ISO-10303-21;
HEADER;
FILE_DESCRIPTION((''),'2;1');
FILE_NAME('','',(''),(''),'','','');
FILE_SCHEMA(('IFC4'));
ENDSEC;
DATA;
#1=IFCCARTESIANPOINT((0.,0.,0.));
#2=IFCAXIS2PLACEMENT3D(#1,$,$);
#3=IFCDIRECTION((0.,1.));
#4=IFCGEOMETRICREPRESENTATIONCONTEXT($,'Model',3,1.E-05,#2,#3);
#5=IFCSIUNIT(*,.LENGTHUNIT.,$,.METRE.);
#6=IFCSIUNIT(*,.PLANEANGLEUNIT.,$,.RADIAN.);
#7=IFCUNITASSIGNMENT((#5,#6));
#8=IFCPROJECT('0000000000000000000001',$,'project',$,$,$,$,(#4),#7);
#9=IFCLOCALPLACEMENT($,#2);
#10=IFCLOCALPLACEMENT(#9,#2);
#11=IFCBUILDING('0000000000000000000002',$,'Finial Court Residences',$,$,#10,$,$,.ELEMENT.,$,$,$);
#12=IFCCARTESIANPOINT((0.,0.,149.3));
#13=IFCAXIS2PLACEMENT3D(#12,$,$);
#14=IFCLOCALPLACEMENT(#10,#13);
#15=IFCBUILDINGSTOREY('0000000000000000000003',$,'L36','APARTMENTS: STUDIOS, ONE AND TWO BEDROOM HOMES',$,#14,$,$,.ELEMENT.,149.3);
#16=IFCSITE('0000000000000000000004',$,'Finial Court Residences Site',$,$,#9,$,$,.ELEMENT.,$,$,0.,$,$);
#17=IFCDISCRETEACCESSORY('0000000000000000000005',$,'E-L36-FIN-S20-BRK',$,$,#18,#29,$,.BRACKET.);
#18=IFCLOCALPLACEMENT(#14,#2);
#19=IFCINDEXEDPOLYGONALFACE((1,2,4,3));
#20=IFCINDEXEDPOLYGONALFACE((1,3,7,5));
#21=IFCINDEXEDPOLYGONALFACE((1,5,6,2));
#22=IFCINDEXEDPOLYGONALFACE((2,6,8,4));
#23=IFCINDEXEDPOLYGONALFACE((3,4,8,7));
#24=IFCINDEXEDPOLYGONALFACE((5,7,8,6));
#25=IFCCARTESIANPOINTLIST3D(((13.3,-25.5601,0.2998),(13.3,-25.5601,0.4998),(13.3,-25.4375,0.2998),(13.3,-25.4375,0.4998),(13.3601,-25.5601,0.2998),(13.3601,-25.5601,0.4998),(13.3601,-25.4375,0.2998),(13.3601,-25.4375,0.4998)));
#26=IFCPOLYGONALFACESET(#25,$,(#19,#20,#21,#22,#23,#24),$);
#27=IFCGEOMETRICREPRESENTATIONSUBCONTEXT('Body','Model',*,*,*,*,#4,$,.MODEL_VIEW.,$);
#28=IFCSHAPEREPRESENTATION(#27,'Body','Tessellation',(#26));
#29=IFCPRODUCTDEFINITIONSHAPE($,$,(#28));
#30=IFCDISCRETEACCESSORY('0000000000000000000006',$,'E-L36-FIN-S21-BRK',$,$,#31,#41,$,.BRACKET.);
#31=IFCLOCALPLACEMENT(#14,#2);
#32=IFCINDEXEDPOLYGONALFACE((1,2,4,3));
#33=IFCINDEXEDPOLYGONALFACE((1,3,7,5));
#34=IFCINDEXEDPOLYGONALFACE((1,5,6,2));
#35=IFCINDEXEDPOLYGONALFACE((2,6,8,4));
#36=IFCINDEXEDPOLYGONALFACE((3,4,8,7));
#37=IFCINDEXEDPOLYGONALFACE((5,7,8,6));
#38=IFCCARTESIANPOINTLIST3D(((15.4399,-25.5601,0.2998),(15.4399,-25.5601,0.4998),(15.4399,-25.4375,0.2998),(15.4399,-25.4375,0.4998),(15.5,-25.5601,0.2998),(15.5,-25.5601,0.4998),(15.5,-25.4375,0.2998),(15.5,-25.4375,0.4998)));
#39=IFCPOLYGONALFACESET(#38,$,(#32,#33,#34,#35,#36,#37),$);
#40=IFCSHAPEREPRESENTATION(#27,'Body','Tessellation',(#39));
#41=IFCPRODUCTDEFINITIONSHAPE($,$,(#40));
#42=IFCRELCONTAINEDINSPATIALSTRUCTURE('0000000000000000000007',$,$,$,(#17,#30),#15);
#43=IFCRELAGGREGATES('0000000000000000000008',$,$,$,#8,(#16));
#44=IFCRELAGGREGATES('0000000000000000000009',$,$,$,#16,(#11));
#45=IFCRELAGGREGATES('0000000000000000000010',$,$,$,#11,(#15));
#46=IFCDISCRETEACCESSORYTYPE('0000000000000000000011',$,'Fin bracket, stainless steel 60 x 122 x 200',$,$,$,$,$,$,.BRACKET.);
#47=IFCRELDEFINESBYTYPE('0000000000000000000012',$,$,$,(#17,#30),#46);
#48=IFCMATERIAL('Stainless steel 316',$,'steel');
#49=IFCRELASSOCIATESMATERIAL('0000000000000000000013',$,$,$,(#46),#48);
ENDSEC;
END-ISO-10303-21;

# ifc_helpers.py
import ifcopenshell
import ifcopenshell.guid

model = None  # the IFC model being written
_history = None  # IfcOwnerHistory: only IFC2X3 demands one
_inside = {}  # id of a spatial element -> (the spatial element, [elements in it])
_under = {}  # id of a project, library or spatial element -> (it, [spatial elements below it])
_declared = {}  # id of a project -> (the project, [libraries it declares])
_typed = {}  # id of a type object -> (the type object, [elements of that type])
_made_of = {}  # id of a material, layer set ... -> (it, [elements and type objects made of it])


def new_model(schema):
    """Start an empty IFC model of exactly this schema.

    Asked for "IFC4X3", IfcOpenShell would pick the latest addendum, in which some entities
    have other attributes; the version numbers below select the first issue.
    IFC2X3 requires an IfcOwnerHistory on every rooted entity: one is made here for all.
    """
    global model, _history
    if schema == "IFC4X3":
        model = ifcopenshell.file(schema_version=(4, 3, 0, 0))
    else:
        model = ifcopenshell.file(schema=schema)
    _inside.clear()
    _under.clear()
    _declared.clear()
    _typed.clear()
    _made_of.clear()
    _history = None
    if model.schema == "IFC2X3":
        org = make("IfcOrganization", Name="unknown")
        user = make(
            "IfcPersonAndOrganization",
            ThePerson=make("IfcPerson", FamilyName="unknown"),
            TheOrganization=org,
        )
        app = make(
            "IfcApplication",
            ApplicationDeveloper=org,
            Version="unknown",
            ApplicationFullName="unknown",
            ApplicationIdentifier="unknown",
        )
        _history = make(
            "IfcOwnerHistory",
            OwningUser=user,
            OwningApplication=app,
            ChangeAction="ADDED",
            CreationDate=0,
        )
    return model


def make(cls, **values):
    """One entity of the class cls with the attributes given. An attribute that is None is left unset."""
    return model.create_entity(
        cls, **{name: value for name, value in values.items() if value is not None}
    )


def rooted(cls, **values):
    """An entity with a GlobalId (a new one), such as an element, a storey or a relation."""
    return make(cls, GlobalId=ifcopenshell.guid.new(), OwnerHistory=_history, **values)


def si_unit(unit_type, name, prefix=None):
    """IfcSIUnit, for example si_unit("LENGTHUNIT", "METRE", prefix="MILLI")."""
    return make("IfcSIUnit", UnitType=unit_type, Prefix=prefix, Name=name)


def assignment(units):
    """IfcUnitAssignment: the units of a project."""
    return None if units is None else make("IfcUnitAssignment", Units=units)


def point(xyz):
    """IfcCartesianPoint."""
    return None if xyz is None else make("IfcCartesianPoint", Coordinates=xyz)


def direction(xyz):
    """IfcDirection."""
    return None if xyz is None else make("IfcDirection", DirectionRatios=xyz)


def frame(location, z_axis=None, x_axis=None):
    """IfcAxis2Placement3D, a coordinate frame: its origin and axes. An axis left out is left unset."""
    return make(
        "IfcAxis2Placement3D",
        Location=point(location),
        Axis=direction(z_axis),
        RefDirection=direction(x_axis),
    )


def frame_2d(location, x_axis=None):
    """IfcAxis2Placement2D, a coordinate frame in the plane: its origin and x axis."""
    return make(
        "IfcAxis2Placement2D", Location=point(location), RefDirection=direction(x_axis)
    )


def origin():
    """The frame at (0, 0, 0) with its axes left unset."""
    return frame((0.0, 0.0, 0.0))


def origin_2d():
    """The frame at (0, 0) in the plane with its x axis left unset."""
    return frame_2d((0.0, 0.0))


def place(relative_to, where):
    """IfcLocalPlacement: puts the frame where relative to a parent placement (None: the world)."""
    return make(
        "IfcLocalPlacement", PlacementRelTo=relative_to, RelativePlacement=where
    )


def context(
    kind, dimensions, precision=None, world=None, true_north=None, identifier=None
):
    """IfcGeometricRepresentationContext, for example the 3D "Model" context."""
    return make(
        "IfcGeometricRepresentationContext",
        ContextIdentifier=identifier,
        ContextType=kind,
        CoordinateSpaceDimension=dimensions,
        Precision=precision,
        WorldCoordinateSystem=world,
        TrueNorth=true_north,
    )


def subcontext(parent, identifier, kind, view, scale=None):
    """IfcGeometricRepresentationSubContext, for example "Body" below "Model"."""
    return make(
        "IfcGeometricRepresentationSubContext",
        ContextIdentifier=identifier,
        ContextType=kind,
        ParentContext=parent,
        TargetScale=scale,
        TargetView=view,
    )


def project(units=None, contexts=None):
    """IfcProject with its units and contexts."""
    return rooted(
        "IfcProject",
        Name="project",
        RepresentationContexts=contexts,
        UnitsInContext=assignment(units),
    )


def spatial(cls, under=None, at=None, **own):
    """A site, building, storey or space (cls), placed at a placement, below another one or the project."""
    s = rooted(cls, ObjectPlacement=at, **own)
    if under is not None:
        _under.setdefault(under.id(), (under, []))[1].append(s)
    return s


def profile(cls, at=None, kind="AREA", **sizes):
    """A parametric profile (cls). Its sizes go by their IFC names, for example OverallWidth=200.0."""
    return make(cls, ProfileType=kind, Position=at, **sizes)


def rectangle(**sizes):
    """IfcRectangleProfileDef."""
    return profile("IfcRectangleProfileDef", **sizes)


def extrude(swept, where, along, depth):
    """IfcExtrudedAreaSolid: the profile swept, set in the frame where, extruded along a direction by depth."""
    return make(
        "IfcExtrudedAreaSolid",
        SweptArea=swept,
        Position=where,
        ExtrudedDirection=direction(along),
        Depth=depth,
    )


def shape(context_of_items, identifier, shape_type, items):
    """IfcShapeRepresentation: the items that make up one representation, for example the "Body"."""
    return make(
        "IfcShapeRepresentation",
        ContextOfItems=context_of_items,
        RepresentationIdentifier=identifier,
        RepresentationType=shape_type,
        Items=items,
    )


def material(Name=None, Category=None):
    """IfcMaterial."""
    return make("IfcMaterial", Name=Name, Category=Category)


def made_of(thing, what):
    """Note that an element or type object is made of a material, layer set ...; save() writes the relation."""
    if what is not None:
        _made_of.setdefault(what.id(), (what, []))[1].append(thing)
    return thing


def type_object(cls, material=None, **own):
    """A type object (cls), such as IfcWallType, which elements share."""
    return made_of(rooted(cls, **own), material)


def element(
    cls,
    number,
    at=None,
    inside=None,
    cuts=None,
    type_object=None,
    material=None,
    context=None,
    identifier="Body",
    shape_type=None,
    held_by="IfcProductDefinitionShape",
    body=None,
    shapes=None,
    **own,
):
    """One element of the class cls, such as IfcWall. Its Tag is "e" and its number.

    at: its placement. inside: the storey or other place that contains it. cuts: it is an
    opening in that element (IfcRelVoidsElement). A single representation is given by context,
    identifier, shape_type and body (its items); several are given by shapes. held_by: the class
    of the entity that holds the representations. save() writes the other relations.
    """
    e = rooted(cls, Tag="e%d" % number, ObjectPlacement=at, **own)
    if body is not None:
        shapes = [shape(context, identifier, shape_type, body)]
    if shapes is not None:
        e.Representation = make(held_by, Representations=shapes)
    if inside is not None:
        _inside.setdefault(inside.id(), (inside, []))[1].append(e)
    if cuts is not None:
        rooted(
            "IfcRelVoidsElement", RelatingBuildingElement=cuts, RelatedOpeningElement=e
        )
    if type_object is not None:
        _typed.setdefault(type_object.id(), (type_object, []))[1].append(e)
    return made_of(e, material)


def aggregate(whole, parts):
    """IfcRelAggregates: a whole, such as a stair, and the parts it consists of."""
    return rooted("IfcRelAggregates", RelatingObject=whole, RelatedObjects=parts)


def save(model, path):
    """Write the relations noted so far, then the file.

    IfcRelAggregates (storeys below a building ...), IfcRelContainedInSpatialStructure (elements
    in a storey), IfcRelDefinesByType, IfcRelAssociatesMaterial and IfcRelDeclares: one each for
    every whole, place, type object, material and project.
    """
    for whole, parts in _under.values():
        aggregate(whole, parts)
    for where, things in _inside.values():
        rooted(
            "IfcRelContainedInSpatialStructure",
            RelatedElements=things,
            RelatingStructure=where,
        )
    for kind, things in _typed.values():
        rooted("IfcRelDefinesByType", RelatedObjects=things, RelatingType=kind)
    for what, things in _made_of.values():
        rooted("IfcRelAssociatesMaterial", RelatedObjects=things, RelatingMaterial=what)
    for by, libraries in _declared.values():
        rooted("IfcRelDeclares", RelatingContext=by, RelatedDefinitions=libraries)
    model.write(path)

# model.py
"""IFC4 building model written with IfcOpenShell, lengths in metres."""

from ifc_helpers import new_model, si_unit, direction, frame, origin, origin_2d, place, context, subcontext, project, spatial, rectangle, extrude, material, type_object, element, save


model = new_model("IFC4")

# Units and contexts
model_context = context("Model", 3, precision=1e-05, world=origin(), true_north=direction((0.0, 1.0)))
body_context = subcontext(model_context, "Body", "Model", "MODEL_VIEW")
ifc_project = project(units=[si_unit("LENGTHUNIT", "METRE"), si_unit("PLANEANGLEUNIT", "RADIAN")], contexts=[model_context])

# Site, building, storey
site_placement = place(None, origin())
site = spatial("IfcSite", under=ifc_project, at=site_placement, Name="Finial Court Residences Site", CompositionType="ELEMENT", RefElevation=0.0)
building_placement = place(site_placement, origin())
building = spatial("IfcBuilding", under=site, at=building_placement, Name="Finial Court Residences", CompositionType="ELEMENT")
storey_placement = place(building_placement, frame((0.0, 0.0, 149.3)))
storey = spatial("IfcBuildingStorey", under=building, at=storey_placement, Name="L36", Description="APARTMENTS: STUDIOS, ONE AND TWO BEDROOM HOMES", CompositionType="ELEMENT", Elevation=149.3)

# Discrete accessories
ifc_material_1 = material(Name="Stainless steel 316", Category="steel")
discrete_accessory_type = type_object("IfcDiscreteAccessoryType", Name="Fin bracket, stainless steel 60 x 122 x 200", PredefinedType="BRACKET", material=ifc_material_1)
for number, where, z_axis, x_axis, name in (
    (1, (13.3301, -25.4988, 0.2998), (0.0, 0.0, 1.0), (1.0, 0.0, 0.0), "E-L36-FIN-S20-BRK"),
    (2, (15.47, -25.4988, 0.2998), (0.0, 0.0, 1.0), (1.0, 0.0, 0.0), "E-L36-FIN-S21-BRK"),
):
    element("IfcDiscreteAccessory", number, at=place(storey_placement, frame(where, z_axis=z_axis, x_axis=x_axis)), inside=storey, type_object=discrete_accessory_type, Name=name, PredefinedType="BRACKET", context=body_context, shape_type="SweptSolid", body=[
        extrude(rectangle(XDim=0.0601, YDim=0.1226, at=origin_2d()), origin(), (0.0, 0.0, 1.0), 0.2),
    ])

save(model, "model.ifc")
